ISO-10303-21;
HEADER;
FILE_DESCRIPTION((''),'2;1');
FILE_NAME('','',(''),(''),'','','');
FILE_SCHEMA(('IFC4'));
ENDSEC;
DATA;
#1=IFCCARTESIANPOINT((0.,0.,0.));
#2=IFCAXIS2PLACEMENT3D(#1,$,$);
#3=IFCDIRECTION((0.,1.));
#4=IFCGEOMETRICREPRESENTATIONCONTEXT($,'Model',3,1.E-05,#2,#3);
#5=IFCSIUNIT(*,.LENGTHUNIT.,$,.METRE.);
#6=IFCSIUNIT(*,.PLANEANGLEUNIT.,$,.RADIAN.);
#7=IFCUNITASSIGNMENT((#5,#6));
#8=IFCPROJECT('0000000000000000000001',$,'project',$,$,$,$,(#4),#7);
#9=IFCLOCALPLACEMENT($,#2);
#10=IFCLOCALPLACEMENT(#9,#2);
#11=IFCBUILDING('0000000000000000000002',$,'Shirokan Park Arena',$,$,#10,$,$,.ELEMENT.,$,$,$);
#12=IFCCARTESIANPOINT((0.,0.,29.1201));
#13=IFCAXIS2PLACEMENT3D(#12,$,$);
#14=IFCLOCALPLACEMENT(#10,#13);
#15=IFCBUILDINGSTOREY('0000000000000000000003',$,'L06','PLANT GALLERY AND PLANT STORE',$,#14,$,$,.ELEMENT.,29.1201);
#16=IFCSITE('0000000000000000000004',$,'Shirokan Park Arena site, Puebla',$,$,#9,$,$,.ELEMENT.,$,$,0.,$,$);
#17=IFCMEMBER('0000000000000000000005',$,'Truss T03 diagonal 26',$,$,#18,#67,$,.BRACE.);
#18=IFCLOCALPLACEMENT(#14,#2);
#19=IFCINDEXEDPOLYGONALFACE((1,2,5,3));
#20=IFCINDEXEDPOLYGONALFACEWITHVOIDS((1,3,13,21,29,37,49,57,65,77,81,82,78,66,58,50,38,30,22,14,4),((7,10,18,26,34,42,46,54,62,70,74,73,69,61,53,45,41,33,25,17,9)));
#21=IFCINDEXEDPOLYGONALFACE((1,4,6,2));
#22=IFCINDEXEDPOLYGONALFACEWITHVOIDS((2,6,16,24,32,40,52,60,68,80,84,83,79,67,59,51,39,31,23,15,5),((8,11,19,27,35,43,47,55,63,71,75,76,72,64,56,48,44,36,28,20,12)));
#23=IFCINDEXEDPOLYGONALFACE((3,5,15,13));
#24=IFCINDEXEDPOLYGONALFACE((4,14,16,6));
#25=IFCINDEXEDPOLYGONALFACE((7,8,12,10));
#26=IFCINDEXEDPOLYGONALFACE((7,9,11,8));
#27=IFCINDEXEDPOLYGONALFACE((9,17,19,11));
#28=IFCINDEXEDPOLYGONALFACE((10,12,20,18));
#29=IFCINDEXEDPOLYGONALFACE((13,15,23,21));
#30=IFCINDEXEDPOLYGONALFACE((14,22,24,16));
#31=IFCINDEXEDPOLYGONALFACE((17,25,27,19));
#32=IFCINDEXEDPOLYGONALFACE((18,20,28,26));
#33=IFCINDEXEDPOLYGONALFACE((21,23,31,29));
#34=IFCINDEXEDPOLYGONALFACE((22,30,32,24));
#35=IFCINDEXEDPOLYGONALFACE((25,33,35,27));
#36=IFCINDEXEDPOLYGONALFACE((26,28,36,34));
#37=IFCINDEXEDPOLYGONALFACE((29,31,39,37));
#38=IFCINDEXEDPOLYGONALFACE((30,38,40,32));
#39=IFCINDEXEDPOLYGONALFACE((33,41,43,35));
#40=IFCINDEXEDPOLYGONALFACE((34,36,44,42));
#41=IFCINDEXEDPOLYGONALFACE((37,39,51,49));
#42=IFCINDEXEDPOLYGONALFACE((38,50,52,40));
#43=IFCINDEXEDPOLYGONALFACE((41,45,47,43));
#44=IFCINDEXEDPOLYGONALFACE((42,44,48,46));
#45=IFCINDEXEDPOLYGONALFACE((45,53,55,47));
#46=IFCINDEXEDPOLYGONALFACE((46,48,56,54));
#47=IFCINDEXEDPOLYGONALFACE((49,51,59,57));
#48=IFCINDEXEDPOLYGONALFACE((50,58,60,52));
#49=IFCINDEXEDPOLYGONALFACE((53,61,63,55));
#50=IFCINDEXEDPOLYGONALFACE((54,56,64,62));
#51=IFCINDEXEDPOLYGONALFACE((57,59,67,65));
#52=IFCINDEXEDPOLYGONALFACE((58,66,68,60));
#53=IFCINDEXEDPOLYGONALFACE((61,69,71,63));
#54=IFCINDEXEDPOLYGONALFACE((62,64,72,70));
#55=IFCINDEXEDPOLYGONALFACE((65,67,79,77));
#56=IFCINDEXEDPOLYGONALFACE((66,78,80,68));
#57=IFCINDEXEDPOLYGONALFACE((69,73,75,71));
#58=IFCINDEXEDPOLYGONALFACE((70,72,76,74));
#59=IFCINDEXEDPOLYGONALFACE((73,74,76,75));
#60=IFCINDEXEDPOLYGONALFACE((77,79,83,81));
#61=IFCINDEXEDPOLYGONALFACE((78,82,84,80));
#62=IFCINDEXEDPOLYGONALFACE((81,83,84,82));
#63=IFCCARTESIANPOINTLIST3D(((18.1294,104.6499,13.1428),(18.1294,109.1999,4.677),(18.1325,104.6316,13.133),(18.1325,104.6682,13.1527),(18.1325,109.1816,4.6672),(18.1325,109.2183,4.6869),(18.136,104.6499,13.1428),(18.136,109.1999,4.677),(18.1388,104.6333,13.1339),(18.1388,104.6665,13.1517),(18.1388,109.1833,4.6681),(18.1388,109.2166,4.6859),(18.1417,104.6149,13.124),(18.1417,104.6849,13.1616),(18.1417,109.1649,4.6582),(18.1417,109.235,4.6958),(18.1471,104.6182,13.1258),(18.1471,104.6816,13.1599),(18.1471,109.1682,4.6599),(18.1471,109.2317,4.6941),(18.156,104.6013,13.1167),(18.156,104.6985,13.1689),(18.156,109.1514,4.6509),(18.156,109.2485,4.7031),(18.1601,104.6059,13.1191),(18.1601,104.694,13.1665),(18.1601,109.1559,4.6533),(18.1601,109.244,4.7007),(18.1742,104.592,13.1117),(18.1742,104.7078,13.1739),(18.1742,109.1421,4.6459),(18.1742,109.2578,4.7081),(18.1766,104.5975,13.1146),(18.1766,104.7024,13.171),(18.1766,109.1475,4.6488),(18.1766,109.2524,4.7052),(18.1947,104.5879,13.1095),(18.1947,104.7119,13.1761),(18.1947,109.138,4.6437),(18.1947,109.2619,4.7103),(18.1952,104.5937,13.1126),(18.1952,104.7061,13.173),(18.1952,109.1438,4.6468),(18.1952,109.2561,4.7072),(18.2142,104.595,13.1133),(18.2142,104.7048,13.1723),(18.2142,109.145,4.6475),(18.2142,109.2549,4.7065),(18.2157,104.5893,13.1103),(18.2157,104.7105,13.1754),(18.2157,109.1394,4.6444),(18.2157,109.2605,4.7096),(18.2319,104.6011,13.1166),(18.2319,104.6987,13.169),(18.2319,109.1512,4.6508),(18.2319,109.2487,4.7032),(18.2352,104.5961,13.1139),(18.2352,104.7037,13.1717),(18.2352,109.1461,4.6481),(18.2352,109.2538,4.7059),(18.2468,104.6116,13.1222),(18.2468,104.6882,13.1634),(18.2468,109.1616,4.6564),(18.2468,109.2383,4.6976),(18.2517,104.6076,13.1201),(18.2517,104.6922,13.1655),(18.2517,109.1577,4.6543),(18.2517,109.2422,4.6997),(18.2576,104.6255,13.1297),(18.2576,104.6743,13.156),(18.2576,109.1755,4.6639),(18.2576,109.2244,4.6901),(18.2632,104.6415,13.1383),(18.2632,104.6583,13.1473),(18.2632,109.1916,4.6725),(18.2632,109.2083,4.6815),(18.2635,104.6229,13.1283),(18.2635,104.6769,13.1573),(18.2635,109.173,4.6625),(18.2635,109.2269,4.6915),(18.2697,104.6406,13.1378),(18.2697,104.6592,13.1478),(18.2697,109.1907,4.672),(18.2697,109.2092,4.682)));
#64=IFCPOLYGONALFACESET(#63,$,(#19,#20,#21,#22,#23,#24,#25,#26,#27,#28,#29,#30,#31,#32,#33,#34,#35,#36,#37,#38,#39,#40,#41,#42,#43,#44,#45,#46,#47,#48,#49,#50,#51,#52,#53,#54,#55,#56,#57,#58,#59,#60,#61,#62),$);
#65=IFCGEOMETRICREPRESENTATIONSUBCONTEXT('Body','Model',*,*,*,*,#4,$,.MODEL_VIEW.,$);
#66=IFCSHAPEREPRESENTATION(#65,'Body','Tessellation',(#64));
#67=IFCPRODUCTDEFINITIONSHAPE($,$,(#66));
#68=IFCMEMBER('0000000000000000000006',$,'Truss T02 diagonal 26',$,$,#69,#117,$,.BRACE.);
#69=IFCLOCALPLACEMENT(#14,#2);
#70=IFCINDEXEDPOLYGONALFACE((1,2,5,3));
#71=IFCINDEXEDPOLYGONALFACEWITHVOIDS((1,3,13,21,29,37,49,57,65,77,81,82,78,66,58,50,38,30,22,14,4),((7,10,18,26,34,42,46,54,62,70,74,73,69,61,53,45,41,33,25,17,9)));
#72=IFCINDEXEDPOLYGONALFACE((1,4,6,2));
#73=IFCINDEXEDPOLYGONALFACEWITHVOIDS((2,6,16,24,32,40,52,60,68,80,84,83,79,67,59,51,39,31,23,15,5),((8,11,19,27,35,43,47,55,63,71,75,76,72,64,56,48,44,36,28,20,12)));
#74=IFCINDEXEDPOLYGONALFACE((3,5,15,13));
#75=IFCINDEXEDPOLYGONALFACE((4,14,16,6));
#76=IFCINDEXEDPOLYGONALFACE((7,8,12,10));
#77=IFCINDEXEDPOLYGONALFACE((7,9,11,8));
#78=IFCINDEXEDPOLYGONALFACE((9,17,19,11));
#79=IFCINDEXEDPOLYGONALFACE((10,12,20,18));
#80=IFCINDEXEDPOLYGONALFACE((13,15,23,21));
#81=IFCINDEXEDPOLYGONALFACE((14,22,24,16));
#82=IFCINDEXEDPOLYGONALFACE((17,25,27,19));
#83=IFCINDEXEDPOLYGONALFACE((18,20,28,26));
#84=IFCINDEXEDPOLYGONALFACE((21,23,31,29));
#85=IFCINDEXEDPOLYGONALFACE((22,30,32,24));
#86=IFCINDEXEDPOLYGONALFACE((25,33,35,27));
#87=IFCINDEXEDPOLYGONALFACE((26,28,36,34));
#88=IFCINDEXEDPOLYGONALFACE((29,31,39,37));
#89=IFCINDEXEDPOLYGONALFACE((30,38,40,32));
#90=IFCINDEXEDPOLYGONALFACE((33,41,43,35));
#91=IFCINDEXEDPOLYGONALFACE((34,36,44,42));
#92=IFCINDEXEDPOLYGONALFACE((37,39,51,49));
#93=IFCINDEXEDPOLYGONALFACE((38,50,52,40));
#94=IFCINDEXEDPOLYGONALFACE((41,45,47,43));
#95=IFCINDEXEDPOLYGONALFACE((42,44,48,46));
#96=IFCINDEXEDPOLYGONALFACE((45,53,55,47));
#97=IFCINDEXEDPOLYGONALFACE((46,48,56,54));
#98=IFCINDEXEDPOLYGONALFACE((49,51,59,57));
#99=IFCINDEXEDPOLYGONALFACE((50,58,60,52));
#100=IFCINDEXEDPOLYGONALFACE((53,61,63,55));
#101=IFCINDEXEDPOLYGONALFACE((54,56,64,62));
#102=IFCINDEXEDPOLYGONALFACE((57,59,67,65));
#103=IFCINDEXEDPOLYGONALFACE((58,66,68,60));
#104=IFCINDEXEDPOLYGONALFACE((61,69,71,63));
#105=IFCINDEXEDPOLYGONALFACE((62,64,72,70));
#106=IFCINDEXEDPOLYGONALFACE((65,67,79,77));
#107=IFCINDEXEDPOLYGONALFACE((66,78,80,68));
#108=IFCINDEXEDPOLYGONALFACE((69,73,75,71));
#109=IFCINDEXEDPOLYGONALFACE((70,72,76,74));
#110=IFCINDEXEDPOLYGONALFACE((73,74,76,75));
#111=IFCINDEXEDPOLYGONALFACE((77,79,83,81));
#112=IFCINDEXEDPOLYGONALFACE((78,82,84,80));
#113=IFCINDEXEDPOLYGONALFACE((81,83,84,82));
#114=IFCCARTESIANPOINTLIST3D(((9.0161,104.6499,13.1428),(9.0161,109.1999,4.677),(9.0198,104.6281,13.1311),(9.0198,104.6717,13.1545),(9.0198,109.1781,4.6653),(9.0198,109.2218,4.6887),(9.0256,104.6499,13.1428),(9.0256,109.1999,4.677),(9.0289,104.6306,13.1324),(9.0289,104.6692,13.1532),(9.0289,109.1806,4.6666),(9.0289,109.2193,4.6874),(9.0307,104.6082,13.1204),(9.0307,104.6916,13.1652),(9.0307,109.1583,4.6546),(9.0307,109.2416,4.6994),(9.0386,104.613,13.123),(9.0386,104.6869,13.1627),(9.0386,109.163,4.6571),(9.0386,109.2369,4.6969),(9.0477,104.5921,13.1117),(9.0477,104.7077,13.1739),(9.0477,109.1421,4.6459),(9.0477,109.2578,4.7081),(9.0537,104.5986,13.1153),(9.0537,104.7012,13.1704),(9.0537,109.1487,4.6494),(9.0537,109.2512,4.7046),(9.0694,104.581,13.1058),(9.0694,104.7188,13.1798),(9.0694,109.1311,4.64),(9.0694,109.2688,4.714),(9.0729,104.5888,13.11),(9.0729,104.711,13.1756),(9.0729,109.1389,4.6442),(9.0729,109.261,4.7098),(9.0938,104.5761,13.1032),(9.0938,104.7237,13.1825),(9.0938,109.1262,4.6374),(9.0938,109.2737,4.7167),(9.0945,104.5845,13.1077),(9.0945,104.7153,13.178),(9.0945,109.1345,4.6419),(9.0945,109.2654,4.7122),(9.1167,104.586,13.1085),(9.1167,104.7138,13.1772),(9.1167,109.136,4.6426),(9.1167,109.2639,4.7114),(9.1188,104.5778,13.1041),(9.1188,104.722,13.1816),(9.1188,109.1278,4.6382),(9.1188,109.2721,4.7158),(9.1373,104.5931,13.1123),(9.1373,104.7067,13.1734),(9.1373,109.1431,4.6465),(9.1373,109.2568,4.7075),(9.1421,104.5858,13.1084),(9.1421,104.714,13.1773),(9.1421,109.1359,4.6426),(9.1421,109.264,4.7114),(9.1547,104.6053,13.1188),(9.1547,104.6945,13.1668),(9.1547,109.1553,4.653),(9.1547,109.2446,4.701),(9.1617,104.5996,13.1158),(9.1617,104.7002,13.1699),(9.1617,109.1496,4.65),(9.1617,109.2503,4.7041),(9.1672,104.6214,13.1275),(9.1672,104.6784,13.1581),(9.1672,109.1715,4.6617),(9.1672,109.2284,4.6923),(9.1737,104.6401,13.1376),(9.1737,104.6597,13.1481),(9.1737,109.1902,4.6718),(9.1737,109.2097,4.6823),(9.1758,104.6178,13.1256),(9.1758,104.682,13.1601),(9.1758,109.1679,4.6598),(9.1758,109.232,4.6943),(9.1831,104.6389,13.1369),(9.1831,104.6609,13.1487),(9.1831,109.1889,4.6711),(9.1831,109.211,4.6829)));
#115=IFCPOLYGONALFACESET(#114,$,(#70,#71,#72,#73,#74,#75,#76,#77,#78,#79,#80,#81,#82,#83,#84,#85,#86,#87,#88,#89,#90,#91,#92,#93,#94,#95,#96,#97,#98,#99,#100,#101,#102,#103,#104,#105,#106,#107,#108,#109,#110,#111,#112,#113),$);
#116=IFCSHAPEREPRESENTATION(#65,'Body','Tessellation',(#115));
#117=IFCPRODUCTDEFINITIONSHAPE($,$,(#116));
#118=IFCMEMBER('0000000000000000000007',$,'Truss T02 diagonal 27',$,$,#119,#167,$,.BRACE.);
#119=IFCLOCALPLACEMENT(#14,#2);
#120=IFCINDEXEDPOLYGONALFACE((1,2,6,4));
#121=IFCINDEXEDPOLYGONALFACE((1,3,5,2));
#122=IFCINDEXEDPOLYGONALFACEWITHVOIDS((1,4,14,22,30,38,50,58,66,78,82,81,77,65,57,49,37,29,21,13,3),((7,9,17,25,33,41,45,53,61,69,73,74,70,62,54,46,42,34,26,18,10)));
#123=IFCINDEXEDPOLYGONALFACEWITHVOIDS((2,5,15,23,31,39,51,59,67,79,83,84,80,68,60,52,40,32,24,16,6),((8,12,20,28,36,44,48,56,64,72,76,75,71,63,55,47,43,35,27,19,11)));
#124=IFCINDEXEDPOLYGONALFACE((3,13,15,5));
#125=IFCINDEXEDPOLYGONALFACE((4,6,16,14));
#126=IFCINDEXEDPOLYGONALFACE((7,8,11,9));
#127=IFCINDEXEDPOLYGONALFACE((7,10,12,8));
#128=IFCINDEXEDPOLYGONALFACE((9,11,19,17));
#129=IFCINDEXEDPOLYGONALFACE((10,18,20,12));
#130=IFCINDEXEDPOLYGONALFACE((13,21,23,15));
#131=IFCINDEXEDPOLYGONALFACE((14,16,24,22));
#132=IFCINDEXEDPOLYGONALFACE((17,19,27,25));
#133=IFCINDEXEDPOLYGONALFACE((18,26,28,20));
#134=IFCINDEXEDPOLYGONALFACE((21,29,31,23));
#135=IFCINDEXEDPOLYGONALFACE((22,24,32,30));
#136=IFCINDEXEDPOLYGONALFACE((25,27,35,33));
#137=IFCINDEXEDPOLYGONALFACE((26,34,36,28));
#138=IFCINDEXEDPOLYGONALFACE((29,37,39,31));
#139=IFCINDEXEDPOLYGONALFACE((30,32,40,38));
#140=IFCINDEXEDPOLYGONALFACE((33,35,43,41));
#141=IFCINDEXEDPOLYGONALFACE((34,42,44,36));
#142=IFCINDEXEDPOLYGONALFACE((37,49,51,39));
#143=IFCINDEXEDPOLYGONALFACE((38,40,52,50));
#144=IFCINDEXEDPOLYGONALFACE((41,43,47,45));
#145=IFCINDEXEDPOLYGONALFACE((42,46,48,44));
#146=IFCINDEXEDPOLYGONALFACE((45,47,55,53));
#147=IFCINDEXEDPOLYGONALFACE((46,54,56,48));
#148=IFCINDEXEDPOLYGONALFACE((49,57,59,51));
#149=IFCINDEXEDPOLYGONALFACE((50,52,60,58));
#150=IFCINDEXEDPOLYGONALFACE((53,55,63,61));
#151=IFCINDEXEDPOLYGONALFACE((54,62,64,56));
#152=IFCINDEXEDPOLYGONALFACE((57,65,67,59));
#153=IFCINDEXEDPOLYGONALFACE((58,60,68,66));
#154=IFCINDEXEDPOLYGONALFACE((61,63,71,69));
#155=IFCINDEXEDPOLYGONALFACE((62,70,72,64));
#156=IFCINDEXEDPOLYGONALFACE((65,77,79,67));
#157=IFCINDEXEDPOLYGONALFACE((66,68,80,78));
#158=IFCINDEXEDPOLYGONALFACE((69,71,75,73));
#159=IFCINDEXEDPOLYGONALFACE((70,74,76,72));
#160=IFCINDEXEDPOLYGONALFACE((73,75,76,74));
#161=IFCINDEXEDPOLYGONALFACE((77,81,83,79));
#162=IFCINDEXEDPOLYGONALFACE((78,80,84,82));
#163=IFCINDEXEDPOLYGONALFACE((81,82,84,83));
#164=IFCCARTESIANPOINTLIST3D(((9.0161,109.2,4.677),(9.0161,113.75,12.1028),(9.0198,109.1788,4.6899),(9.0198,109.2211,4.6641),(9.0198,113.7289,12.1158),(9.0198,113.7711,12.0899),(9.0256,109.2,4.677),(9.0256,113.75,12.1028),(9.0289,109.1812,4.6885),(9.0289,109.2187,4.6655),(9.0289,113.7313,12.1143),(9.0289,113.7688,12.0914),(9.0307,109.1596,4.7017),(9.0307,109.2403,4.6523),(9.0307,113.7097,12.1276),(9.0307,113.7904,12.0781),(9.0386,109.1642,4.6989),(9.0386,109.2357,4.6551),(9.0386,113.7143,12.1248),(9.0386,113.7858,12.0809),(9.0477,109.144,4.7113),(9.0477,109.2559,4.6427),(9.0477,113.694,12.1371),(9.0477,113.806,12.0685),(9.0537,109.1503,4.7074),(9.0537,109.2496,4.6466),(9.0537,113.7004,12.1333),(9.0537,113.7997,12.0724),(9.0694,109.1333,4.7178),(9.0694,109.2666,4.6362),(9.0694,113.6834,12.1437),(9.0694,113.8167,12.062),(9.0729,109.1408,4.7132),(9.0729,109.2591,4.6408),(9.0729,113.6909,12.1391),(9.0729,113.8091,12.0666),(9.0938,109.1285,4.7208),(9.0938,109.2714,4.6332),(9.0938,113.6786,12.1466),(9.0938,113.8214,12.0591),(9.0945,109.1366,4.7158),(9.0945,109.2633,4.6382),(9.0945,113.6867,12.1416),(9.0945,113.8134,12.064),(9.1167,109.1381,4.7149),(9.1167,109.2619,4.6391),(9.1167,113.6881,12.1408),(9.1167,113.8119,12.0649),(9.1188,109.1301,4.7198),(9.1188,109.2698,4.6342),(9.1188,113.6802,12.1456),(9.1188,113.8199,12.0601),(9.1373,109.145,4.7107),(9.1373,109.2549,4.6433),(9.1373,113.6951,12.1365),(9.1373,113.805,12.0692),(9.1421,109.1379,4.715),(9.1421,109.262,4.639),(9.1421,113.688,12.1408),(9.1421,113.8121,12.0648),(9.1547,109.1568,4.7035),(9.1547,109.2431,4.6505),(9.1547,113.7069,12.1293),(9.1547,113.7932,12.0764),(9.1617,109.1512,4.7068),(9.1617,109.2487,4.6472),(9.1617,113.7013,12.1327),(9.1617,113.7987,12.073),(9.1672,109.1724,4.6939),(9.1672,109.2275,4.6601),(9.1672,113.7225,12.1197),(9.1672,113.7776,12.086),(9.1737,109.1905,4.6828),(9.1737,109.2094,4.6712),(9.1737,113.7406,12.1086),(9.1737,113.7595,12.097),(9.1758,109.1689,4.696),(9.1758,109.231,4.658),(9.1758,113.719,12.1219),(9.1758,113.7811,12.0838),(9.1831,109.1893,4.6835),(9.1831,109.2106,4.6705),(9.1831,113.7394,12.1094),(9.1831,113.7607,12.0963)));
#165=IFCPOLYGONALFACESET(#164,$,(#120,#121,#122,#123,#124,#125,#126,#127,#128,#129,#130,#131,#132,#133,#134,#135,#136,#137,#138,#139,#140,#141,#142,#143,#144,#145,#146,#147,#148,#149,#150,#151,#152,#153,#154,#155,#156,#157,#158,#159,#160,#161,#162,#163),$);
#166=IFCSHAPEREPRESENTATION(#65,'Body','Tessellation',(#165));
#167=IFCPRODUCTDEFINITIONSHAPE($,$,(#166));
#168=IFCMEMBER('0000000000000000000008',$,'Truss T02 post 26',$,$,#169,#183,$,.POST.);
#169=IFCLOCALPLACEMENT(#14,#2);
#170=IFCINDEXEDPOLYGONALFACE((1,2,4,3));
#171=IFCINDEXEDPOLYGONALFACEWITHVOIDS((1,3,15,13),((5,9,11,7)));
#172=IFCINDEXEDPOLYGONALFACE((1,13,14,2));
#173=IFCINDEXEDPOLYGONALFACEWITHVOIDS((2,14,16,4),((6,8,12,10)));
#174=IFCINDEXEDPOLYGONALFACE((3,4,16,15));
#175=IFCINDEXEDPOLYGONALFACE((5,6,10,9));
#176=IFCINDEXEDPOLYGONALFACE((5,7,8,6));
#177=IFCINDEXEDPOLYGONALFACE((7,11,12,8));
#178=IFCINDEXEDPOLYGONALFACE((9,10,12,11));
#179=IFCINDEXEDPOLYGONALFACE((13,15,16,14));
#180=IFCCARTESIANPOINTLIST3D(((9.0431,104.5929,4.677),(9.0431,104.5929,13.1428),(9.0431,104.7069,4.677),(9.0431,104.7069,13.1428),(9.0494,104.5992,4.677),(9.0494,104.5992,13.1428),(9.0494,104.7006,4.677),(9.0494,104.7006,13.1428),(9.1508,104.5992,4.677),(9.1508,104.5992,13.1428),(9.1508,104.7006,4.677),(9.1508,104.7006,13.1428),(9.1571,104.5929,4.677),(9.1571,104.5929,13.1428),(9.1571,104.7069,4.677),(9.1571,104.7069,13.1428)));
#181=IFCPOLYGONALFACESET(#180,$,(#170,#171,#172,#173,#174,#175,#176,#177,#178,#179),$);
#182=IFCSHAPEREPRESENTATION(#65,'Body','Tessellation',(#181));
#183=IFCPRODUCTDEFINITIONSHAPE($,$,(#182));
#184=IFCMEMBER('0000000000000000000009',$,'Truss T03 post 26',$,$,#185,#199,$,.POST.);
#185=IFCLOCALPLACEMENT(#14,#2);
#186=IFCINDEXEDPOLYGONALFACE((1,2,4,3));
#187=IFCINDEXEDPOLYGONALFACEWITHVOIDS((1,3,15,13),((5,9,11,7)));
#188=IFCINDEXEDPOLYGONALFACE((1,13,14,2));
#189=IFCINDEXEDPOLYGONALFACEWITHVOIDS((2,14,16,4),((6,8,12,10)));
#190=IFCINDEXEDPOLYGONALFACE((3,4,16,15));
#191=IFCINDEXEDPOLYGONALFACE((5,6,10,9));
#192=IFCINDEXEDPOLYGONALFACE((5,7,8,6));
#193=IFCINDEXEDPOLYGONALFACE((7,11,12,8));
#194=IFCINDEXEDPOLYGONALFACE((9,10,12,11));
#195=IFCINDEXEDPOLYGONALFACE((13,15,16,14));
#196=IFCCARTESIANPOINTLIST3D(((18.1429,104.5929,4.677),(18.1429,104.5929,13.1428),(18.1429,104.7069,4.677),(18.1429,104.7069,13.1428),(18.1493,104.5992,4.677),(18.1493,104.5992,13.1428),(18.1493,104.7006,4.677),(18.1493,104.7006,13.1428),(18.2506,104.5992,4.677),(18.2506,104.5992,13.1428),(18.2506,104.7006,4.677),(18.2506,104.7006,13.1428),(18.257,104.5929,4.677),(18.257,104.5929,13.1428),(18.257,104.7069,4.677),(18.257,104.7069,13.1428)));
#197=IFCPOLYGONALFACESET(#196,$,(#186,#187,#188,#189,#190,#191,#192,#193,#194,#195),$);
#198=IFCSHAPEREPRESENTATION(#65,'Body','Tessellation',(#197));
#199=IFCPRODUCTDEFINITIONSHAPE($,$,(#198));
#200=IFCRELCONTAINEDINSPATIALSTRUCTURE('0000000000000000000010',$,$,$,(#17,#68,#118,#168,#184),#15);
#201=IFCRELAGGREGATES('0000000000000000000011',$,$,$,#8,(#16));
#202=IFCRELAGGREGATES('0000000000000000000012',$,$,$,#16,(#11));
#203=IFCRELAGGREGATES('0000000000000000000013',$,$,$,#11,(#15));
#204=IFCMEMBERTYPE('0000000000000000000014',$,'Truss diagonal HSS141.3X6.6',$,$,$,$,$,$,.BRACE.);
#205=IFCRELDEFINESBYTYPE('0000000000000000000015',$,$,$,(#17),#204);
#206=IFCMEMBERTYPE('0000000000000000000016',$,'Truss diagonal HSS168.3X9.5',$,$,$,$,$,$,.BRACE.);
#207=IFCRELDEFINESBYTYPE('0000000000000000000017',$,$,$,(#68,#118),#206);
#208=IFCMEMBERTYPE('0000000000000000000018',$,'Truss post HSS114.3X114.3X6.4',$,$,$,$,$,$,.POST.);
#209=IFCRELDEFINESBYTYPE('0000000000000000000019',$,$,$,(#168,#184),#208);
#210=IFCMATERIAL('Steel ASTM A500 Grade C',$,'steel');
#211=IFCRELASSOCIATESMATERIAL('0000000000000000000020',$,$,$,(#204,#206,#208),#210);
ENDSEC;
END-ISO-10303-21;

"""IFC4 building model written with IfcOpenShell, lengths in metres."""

from ifc_helpers import new_model, si_unit, direction, frame, origin, origin_2d, place, context, subcontext, project, spatial, hollow_rectangle, hollow_circle, extrude, material, material_profile, profile_set, type_object, element, save


model = new_model("IFC4")

# Units and contexts
model_context = context("Model", 3, precision=1e-05, world=origin(), true_north=direction((0.0, 1.0)))
body_context = subcontext(model_context, "Body", "Model", "MODEL_VIEW")
ifc_project = project(units=[si_unit("LENGTHUNIT", "METRE"), si_unit("PLANEANGLEUNIT", "RADIAN")], contexts=[model_context])

# Site, building, storey
site_placement = place(None, origin())
site = spatial("IfcSite", under=ifc_project, at=site_placement, Name="Shirokan Park Arena site, Puebla", CompositionType="ELEMENT", RefElevation=0.0)
building_placement = place(site_placement, origin())
building = spatial("IfcBuilding", under=site, at=building_placement, Name="Shirokan Park Arena", CompositionType="ELEMENT")
storey_placement = place(building_placement, frame((0.0, 0.0, 29.1201)))
storey = spatial("IfcBuildingStorey", under=building, at=storey_placement, Name="L06", Description="PLANT GALLERY AND PLANT STORE", CompositionType="ELEMENT", Elevation=29.1201)

# Shared definitions
ifc_material_1 = material(Name="Steel ASTM A500 Grade C", Category="steel")

# Members
ifc_material_profile_1 = material_profile(ifc_material_1, hollow_circle(Radius=0.0706, WallThickness=0.0066, at=origin_2d()), Name="HSS141.3X6.6")
ifc_profile_set_1 = profile_set([ifc_material_profile_1], Name="Steel ASTM A500 Grade C")
member_type_1 = type_object("IfcMemberType", Name="Truss diagonal HSS141.3X6.6", PredefinedType="BRACE", material=ifc_profile_set_1)
for number, where, z_axis, x_axis, name in (
    (1, (18.2, 104.6499, 13.1428), (0.0, 0.473417, -0.880839), (-1.0, 0.0, 0.0), "Truss T03 diagonal 26"),
):
    element("IfcMember", number, at=place(storey_placement, frame(where, z_axis=z_axis, x_axis=x_axis)), inside=storey, type_object=member_type_1, Name=name, PredefinedType="BRACE", context=body_context, shape_type="SweptSolid", body=[
        extrude(hollow_circle(Radius=0.0706, WallThickness=0.0066, at=origin_2d()), origin(), (0.0, 0.0, 1.0), 9.6111),
    ])
ifc_material_profile_2 = material_profile(ifc_material_1, hollow_circle(Radius=0.084, WallThickness=0.0095, at=origin_2d()), Name="HSS168.3X9.5")
ifc_profile_set_2 = profile_set([ifc_material_profile_2], Name="Steel ASTM A500 Grade C")
member_type_2 = type_object("IfcMemberType", Name="Truss diagonal HSS168.3X9.5", PredefinedType="BRACE", material=ifc_profile_set_2)
member_1_placement = place(storey_placement, frame((9.1001, 104.6499, 13.1428), z_axis=(0.0, 0.473417, -0.880839), x_axis=(-1.0, 0.0, 0.0)))
element("IfcMember", 2, at=member_1_placement, inside=storey, type_object=member_type_2, Name="Truss T02 diagonal 26", PredefinedType="BRACE", context=body_context, shape_type="SweptSolid", body=[
    extrude(hollow_circle(Radius=0.084, WallThickness=0.0095, at=origin_2d()), origin(), (0.0, 0.0, 1.0), 9.6111),
])
member_2_placement = place(storey_placement, frame((9.1001, 109.2, 4.677), z_axis=(0.0, 0.522459, 0.852665), x_axis=(-1.0, 0.0, 0.0)))
element("IfcMember", 3, at=member_2_placement, inside=storey, type_object=member_type_2, Name="Truss T02 diagonal 27", PredefinedType="BRACE", context=body_context, shape_type="SweptSolid", body=[
    extrude(hollow_circle(Radius=0.084, WallThickness=0.0095, at=origin_2d()), origin(), (0.0, 0.0, 1.0), 8.709),
])
ifc_material_profile_3 = material_profile(ifc_material_1, hollow_rectangle(XDim=0.114, YDim=0.114, WallThickness=0.0063, at=origin_2d()), Name="HSS114.3X114.3X6.4")
ifc_profile_set_3 = profile_set([ifc_material_profile_3], Name="Steel ASTM A500 Grade C")
member_type_3 = type_object("IfcMemberType", Name="Truss post HSS114.3X114.3X6.4", PredefinedType="POST", material=ifc_profile_set_3)
for number, where, z_axis, x_axis, name in (
    (4, (9.1001, 104.6499, 4.677), (0.0, 0.0, 1.0), (1.0, 0.0, 0.0), "Truss T02 post 26"),
    (5, (18.2, 104.6499, 4.677), (0.0, 0.0, 1.0), (1.0, 0.0, 0.0), "Truss T03 post 26"),
):
    element("IfcMember", number, at=place(storey_placement, frame(where, z_axis=z_axis, x_axis=x_axis)), inside=storey, type_object=member_type_3, Name=name, PredefinedType="POST", context=body_context, shape_type="SweptSolid", body=[
        extrude(hollow_rectangle(XDim=0.114, YDim=0.114, WallThickness=0.0063, at=origin_2d()), origin(), (0.0, 0.0, 1.0), 8.4658),
    ])

save(model, "model.ifc")
